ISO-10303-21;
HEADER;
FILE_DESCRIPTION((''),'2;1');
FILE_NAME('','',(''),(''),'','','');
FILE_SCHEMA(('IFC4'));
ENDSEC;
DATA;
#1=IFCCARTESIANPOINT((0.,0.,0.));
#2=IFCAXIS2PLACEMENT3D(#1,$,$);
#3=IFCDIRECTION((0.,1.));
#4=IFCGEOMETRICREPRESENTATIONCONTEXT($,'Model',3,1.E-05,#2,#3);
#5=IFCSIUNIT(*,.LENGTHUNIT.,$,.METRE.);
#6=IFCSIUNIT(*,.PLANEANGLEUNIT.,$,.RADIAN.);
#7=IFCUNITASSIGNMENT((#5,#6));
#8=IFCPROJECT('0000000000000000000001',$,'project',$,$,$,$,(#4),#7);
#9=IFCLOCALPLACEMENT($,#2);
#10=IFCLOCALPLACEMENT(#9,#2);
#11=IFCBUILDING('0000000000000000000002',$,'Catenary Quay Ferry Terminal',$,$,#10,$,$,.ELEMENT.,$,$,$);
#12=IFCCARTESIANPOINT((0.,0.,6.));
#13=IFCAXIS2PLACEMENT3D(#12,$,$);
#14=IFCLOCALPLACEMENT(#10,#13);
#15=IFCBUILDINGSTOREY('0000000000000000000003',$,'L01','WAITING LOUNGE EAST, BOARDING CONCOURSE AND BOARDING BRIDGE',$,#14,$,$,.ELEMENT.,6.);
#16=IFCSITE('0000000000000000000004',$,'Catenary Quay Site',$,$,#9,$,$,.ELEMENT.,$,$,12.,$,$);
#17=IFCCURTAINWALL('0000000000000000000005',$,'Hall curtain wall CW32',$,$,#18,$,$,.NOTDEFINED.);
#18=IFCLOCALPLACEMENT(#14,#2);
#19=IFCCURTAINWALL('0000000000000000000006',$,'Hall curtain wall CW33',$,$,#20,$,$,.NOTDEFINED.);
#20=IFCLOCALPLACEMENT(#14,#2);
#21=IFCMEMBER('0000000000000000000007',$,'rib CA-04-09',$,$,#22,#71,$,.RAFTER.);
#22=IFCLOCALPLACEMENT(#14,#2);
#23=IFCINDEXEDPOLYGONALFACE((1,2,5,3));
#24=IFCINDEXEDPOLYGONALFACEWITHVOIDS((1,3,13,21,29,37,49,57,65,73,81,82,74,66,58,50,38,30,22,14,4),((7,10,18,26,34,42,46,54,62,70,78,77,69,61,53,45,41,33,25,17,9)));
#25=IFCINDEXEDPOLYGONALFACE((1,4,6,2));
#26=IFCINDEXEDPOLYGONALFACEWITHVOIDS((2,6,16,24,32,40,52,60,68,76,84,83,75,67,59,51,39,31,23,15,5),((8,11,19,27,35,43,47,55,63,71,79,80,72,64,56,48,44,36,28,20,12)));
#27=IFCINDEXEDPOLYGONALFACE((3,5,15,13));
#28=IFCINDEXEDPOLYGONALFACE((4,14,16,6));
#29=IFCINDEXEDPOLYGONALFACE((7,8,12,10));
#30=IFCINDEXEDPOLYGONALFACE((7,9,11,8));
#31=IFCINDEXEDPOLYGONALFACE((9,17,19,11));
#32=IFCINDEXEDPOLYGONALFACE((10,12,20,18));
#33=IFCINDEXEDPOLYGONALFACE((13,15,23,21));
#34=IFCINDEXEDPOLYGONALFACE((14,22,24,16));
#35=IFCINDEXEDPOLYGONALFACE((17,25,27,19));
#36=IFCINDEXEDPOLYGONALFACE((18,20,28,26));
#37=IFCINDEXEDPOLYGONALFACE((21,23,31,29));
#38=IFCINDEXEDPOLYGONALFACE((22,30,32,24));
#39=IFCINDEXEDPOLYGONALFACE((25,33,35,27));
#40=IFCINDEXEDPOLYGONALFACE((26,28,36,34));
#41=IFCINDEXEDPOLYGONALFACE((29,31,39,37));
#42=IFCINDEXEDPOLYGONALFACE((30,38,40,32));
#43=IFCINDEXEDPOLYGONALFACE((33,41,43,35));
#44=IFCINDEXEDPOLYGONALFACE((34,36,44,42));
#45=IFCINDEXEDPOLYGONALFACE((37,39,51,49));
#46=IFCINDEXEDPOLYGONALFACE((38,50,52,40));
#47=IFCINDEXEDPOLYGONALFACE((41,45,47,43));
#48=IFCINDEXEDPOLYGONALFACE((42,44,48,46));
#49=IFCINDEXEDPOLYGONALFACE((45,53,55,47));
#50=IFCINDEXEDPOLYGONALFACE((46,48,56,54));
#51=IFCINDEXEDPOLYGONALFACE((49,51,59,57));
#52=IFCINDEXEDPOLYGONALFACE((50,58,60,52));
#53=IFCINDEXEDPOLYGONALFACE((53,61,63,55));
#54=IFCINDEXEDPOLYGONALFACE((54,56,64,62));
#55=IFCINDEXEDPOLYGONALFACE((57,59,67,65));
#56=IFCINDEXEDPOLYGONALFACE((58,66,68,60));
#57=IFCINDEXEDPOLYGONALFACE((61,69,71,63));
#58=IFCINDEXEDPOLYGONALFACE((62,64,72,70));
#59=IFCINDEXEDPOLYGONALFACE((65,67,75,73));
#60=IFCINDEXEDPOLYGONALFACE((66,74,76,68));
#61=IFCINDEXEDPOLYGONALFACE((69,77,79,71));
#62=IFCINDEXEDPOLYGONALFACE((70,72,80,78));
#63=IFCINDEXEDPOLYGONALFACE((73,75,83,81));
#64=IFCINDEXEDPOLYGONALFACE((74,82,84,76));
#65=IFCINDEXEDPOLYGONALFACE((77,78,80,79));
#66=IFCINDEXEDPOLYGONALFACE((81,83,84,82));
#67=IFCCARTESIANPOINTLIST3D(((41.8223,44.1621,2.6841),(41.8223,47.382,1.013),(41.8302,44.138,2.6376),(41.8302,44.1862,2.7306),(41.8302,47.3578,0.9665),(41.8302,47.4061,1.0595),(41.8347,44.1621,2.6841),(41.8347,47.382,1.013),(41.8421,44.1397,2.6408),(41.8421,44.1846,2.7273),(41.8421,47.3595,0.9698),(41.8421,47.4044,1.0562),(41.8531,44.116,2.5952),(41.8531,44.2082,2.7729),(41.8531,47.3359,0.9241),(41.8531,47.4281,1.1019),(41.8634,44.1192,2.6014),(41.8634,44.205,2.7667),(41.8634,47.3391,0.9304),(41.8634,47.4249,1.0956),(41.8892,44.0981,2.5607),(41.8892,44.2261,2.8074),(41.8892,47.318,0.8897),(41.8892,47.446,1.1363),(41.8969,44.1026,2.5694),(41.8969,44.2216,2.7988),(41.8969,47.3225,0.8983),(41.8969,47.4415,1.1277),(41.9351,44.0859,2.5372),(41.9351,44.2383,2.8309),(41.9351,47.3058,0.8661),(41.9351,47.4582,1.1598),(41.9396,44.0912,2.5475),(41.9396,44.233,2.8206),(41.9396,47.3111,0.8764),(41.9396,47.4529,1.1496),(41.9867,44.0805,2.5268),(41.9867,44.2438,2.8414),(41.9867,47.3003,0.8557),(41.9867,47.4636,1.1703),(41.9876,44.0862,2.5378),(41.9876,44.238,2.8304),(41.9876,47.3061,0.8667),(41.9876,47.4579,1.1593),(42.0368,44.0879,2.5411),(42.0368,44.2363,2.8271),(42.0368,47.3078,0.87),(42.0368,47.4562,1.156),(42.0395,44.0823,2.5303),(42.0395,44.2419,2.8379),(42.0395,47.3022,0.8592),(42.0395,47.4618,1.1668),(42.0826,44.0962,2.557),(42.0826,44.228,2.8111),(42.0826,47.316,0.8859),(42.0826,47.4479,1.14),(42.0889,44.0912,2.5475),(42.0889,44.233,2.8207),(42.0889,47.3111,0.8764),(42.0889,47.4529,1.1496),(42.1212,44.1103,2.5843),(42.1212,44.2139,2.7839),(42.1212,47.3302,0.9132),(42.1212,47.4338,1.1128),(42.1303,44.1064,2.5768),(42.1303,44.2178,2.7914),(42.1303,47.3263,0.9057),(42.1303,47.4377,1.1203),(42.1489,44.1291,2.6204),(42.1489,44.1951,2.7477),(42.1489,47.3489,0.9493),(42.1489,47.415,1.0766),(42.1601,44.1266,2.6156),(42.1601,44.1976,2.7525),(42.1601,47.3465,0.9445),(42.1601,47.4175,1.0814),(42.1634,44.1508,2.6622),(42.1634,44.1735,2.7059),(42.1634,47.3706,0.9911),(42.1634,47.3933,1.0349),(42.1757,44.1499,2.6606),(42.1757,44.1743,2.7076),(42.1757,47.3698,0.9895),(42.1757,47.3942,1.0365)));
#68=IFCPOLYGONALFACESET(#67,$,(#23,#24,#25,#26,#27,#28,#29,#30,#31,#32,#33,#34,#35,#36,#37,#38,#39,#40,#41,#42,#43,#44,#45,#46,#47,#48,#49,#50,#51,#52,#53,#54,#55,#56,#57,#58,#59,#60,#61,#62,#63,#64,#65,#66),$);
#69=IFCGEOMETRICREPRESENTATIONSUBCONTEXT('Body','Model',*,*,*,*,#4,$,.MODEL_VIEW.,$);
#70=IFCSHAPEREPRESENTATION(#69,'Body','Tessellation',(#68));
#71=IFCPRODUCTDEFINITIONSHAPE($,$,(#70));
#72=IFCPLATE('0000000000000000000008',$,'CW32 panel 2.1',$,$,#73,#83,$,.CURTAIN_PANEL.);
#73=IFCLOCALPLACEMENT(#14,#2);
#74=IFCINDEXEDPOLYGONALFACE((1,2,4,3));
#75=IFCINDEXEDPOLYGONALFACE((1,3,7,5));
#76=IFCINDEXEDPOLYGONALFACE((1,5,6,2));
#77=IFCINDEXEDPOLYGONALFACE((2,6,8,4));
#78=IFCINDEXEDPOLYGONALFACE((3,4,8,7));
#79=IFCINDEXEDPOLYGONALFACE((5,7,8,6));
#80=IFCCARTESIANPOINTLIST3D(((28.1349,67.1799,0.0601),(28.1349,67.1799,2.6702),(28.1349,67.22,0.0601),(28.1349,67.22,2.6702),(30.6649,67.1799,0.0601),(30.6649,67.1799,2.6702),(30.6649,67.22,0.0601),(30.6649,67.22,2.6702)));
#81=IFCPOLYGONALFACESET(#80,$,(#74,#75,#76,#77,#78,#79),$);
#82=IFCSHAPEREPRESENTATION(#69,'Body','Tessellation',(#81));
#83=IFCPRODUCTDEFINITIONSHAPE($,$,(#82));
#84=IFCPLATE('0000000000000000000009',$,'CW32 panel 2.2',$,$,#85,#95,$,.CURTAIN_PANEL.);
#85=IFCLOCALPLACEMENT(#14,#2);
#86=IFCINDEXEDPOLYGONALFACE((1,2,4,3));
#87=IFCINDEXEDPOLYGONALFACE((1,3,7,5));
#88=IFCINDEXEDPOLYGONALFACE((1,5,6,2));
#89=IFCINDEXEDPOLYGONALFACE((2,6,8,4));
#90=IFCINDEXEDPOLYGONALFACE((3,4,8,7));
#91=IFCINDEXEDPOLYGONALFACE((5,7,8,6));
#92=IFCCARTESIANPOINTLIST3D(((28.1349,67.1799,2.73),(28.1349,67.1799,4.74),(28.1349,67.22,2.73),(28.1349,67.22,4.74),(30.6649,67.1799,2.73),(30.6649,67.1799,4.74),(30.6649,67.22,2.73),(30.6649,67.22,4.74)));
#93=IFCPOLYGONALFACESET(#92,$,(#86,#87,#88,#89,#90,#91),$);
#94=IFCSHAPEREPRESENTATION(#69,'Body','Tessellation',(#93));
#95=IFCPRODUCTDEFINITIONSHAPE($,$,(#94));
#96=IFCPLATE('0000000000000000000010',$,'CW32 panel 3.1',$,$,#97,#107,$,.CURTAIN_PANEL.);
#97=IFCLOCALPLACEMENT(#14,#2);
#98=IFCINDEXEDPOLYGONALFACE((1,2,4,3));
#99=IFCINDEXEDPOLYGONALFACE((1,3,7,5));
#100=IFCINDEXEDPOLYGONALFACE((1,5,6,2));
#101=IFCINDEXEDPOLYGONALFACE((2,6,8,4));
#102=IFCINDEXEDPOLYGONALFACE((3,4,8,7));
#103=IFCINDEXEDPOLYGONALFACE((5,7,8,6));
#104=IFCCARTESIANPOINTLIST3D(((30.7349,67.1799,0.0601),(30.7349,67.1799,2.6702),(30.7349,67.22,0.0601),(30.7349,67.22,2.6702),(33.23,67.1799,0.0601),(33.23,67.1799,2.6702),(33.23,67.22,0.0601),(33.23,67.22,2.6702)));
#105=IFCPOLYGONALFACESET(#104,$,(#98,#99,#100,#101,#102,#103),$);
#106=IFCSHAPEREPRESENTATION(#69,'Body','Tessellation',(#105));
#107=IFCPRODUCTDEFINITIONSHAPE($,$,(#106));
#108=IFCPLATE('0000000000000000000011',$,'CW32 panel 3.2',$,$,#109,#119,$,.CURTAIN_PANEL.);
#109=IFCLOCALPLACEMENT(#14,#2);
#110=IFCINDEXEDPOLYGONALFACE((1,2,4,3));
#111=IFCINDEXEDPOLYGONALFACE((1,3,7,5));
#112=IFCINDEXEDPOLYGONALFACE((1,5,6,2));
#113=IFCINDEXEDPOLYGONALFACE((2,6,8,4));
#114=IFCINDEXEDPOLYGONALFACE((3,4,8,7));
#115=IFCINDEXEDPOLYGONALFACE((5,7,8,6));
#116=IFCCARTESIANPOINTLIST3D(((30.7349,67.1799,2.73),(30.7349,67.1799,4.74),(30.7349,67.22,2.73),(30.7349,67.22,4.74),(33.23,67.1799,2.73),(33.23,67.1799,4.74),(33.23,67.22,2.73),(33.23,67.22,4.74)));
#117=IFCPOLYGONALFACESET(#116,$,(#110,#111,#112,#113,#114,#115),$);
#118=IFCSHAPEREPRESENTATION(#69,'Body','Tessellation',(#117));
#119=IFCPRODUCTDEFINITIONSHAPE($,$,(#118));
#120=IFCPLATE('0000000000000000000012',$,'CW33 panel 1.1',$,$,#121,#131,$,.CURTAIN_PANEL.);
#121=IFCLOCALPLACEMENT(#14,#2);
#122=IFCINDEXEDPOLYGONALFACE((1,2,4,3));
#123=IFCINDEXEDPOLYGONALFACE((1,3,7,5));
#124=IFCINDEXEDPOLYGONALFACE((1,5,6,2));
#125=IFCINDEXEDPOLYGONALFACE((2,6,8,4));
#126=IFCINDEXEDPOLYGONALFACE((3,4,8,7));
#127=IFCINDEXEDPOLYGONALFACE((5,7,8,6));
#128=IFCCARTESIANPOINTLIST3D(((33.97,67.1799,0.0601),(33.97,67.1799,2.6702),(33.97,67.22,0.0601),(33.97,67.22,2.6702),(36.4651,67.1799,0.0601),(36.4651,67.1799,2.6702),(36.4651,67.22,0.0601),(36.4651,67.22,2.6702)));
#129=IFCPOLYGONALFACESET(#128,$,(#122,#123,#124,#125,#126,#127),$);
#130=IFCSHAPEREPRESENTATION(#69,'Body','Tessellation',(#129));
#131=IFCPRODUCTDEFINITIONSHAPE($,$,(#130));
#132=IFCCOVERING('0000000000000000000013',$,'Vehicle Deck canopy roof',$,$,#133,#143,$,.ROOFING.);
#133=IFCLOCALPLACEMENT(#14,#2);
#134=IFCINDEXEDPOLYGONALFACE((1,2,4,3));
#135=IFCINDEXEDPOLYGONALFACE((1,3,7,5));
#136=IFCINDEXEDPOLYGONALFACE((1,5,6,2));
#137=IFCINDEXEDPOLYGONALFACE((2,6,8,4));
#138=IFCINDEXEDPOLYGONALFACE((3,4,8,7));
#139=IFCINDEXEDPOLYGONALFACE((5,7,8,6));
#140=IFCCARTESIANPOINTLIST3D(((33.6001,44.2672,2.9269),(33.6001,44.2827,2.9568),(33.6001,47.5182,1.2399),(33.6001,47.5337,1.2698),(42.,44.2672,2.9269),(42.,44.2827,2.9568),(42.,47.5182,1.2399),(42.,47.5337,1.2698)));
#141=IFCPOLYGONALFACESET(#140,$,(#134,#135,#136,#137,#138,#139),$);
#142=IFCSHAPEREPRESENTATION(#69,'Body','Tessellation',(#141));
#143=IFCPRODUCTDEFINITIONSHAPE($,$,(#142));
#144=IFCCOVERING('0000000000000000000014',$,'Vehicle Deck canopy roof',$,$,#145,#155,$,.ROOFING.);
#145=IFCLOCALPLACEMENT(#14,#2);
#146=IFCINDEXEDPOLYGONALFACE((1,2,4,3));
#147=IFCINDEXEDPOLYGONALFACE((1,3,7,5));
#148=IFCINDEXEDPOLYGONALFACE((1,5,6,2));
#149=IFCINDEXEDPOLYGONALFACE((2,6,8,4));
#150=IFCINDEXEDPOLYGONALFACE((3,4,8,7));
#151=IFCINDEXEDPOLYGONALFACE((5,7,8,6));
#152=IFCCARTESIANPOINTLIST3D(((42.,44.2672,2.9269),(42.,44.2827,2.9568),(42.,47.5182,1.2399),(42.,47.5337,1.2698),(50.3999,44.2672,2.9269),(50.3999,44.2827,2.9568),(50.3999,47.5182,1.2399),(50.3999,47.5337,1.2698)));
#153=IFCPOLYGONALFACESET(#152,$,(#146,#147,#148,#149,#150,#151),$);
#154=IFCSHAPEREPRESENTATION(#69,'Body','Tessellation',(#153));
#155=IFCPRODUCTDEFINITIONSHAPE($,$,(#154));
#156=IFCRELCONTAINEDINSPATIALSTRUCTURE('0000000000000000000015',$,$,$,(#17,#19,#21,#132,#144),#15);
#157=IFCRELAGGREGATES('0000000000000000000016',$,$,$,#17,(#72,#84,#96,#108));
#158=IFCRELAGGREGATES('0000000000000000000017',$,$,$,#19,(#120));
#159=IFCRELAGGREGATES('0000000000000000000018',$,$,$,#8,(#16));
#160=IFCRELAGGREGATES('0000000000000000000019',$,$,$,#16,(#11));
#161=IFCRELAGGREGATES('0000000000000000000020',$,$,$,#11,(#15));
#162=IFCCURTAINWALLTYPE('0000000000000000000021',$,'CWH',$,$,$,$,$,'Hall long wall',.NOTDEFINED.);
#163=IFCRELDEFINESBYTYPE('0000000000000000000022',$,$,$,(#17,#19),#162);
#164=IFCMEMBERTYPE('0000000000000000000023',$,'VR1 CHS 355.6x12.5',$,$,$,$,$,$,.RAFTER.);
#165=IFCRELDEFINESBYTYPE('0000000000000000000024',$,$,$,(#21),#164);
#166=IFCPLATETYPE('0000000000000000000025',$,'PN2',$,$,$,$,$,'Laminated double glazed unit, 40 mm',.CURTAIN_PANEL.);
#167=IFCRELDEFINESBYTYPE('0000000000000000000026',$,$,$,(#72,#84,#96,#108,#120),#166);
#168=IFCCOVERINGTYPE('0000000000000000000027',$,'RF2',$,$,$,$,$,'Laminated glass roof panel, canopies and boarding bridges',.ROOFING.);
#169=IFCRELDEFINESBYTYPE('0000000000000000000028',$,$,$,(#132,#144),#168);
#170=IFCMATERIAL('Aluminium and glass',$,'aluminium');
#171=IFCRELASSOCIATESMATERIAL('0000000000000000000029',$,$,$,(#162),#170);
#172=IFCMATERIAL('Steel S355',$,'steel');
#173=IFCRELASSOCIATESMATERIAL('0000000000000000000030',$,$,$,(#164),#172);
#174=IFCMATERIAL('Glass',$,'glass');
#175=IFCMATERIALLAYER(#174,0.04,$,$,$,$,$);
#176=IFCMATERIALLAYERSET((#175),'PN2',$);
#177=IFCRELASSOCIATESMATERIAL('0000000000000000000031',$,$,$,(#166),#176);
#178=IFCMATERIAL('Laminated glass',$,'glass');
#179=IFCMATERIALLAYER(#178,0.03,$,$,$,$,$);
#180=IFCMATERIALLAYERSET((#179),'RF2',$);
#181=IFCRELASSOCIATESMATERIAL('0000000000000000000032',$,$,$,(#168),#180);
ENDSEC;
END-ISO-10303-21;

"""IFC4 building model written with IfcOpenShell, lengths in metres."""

from ifc_helpers import new_model, si_unit, direction, frame, origin, origin_2d, place, context, subcontext, project, spatial, polyline, rectangle, hollow_circle, outline, extrude, material, layer, layer_set, material_profile, profile_set, type_object, element, aggregate, save


model = new_model("IFC4")

# Units and contexts
model_context = context("Model", 3, precision=1e-05, world=origin(), true_north=direction((0.0, 1.0)))
body_context = subcontext(model_context, "Body", "Model", "MODEL_VIEW")
ifc_project = project(units=[si_unit("LENGTHUNIT", "METRE"), si_unit("PLANEANGLEUNIT", "RADIAN")], contexts=[model_context])

# Site, building, storey
site_placement = place(None, origin())
site = spatial("IfcSite", under=ifc_project, at=site_placement, Name="Catenary Quay Site", CompositionType="ELEMENT", RefElevation=12.0)
building_placement = place(site_placement, origin())
building = spatial("IfcBuilding", under=site, at=building_placement, Name="Catenary Quay Ferry Terminal", CompositionType="ELEMENT")
storey_placement = place(building_placement, frame((0.0, 0.0, 6.0)))
storey = spatial("IfcBuildingStorey", under=building, at=storey_placement, Name="L01", Description="WAITING LOUNGE EAST, BOARDING CONCOURSE AND BOARDING BRIDGE", CompositionType="ELEMENT", Elevation=6.0)

# Curtain wall
ifc_material_1 = material(Name="Aluminium and glass", Category="aluminium")
curtain_wall_type = type_object("IfcCurtainWallType", Name="CWH", ElementType="Hall long wall", PredefinedType="NOTDEFINED", material=ifc_material_1)
curtain_wall_1_placement = place(storey_placement, origin())
curtain_wall_1 = element("IfcCurtainWall", 1, at=curtain_wall_1_placement, inside=storey, type_object=curtain_wall_type, Name="Hall curtain wall CW32", PredefinedType="NOTDEFINED")

# Curtain wall
curtain_wall_2_placement = place(storey_placement, origin())
curtain_wall_2 = element("IfcCurtainWall", 2, at=curtain_wall_2_placement, inside=storey, type_object=curtain_wall_type, Name="Hall curtain wall CW33", PredefinedType="NOTDEFINED")

# Member
ifc_material_2 = material(Name="Steel S355", Category="steel")
ifc_material_profile_1 = material_profile(ifc_material_2, hollow_circle(Radius=0.1777, WallThickness=0.0125, at=origin_2d()), Name="CHS 355.6x12.5")
ifc_profile_set_1 = profile_set([ifc_material_profile_1], Name="Steel S355")
member_type_1 = type_object("IfcMemberType", Name="VR1 CHS 355.6x12.5", PredefinedType="RAFTER", material=ifc_profile_set_1)
member_1_placement = place(storey_placement, frame((42.0, 44.1621, 2.6841), z_axis=(0.0, 0.887582, -0.460649), x_axis=(-1.0, 0.0, 0.0)))
element("IfcMember", 3, at=member_1_placement, inside=storey, type_object=member_type_1, Name="rib CA-04-09", PredefinedType="RAFTER", context=body_context, shape_type="SweptSolid", body=[
    extrude(hollow_circle(Radius=0.1777, WallThickness=0.0125, at=origin_2d()), origin(), (0.0, 0.0, 1.0), 3.6277),
])

# Plates
ifc_material_3 = material(Name="Glass", Category="glass")
ifc_layer_1 = layer(ifc_material_3, 0.04)
ifc_layer_set_1 = layer_set([ifc_layer_1], Name="PN2")
plate_type = type_object("IfcPlateType", Name="PN2", ElementType="Laminated double glazed unit, 40 mm", PredefinedType="CURTAIN_PANEL", material=ifc_layer_set_1)
plate_1_placement = place(storey_placement, frame((29.3999, 67.2, 0.0601), z_axis=(0.0, 0.0, 1.0), x_axis=(1.0, 0.0, 0.0)))
plate_1 = element("IfcPlate", 4, at=plate_1_placement, type_object=plate_type, Name="CW32 panel 2.1", PredefinedType="CURTAIN_PANEL", context=body_context, shape_type="SweptSolid", body=[
    extrude(rectangle(XDim=2.53, YDim=0.04, at=origin_2d()), origin(), (0.0, 0.0, 1.0), 2.6101),
])
plate_2_placement = place(storey_placement, frame((29.3999, 67.2, 2.73), z_axis=(0.0, 0.0, 1.0), x_axis=(1.0, 0.0, 0.0)))
plate_2 = element("IfcPlate", 5, at=plate_2_placement, type_object=plate_type, Name="CW32 panel 2.2", PredefinedType="CURTAIN_PANEL", context=body_context, shape_type="SweptSolid", body=[
    extrude(rectangle(XDim=2.53, YDim=0.04, at=origin_2d()), origin(), (0.0, 0.0, 1.0), 2.01),
])
plate_3_placement = place(storey_placement, frame((31.9824, 67.2, 0.0601), z_axis=(0.0, 0.0, 1.0), x_axis=(1.0, 0.0, 0.0)))
plate_3 = element("IfcPlate", 6, at=plate_3_placement, type_object=plate_type, Name="CW32 panel 3.1", PredefinedType="CURTAIN_PANEL", context=body_context, shape_type="SweptSolid", body=[
    extrude(rectangle(XDim=2.4951, YDim=0.04, at=origin_2d()), origin(), (0.0, 0.0, 1.0), 2.6101),
])
plate_4_placement = place(storey_placement, frame((31.9824, 67.2, 2.73), z_axis=(0.0, 0.0, 1.0), x_axis=(1.0, 0.0, 0.0)))
plate_4 = element("IfcPlate", 7, at=plate_4_placement, type_object=plate_type, Name="CW32 panel 3.2", PredefinedType="CURTAIN_PANEL", context=body_context, shape_type="SweptSolid", body=[
    extrude(rectangle(XDim=2.4951, YDim=0.04, at=origin_2d()), origin(), (0.0, 0.0, 1.0), 2.01),
])
aggregate(curtain_wall_1, [plate_1, plate_2, plate_3, plate_4])
plate_5_placement = place(storey_placement, frame((35.2175, 67.2, 0.0601), z_axis=(0.0, 0.0, 1.0), x_axis=(1.0, 0.0, 0.0)))
plate_5 = element("IfcPlate", 8, at=plate_5_placement, type_object=plate_type, Name="CW33 panel 1.1", PredefinedType="CURTAIN_PANEL", context=body_context, shape_type="SweptSolid", body=[
    extrude(rectangle(XDim=2.4951, YDim=0.04, at=origin_2d()), origin(), (0.0, 0.0, 1.0), 2.6101),
])
aggregate(curtain_wall_2, [plate_5])

# Coverings
ifc_material_4 = material(Name="Laminated glass", Category="glass")
ifc_layer_2 = layer(ifc_material_4, 0.03)
ifc_layer_set_2 = layer_set([ifc_layer_2], Name="RF2")
covering_type = type_object("IfcCoveringType", Name="RF2", ElementType="Laminated glass roof panel, canopies and boarding bridges", PredefinedType="ROOFING", material=ifc_layer_set_2)
for number, where, z_axis, x_axis, name in (
    (9, (33.6001, 44.2827, 2.9568), (0.0, 0.460601, 0.887607), (1.0, 0.0, 0.0), "Vehicle Deck canopy roof"),
    (10, (42.0, 44.2827, 2.9568), (0.0, 0.460601, 0.887607), (1.0, 0.0, 0.0), "Vehicle Deck canopy roof"),
):
    element("IfcCovering", number, at=place(storey_placement, frame(where, z_axis=z_axis, x_axis=x_axis)), inside=storey, type_object=covering_type, Name=name, PredefinedType="ROOFING", context=body_context, shape_type="SweptSolid", body=[
        extrude(outline(polyline([(0.0, 0.0), (8.3999, 0.0), (8.3999, 3.6626), (0.0, 3.6626), (0.0, 0.0)])), origin(), (0.0, 0.0, -1.0), 0.0337),
    ])

save(model, "model.ifc")
